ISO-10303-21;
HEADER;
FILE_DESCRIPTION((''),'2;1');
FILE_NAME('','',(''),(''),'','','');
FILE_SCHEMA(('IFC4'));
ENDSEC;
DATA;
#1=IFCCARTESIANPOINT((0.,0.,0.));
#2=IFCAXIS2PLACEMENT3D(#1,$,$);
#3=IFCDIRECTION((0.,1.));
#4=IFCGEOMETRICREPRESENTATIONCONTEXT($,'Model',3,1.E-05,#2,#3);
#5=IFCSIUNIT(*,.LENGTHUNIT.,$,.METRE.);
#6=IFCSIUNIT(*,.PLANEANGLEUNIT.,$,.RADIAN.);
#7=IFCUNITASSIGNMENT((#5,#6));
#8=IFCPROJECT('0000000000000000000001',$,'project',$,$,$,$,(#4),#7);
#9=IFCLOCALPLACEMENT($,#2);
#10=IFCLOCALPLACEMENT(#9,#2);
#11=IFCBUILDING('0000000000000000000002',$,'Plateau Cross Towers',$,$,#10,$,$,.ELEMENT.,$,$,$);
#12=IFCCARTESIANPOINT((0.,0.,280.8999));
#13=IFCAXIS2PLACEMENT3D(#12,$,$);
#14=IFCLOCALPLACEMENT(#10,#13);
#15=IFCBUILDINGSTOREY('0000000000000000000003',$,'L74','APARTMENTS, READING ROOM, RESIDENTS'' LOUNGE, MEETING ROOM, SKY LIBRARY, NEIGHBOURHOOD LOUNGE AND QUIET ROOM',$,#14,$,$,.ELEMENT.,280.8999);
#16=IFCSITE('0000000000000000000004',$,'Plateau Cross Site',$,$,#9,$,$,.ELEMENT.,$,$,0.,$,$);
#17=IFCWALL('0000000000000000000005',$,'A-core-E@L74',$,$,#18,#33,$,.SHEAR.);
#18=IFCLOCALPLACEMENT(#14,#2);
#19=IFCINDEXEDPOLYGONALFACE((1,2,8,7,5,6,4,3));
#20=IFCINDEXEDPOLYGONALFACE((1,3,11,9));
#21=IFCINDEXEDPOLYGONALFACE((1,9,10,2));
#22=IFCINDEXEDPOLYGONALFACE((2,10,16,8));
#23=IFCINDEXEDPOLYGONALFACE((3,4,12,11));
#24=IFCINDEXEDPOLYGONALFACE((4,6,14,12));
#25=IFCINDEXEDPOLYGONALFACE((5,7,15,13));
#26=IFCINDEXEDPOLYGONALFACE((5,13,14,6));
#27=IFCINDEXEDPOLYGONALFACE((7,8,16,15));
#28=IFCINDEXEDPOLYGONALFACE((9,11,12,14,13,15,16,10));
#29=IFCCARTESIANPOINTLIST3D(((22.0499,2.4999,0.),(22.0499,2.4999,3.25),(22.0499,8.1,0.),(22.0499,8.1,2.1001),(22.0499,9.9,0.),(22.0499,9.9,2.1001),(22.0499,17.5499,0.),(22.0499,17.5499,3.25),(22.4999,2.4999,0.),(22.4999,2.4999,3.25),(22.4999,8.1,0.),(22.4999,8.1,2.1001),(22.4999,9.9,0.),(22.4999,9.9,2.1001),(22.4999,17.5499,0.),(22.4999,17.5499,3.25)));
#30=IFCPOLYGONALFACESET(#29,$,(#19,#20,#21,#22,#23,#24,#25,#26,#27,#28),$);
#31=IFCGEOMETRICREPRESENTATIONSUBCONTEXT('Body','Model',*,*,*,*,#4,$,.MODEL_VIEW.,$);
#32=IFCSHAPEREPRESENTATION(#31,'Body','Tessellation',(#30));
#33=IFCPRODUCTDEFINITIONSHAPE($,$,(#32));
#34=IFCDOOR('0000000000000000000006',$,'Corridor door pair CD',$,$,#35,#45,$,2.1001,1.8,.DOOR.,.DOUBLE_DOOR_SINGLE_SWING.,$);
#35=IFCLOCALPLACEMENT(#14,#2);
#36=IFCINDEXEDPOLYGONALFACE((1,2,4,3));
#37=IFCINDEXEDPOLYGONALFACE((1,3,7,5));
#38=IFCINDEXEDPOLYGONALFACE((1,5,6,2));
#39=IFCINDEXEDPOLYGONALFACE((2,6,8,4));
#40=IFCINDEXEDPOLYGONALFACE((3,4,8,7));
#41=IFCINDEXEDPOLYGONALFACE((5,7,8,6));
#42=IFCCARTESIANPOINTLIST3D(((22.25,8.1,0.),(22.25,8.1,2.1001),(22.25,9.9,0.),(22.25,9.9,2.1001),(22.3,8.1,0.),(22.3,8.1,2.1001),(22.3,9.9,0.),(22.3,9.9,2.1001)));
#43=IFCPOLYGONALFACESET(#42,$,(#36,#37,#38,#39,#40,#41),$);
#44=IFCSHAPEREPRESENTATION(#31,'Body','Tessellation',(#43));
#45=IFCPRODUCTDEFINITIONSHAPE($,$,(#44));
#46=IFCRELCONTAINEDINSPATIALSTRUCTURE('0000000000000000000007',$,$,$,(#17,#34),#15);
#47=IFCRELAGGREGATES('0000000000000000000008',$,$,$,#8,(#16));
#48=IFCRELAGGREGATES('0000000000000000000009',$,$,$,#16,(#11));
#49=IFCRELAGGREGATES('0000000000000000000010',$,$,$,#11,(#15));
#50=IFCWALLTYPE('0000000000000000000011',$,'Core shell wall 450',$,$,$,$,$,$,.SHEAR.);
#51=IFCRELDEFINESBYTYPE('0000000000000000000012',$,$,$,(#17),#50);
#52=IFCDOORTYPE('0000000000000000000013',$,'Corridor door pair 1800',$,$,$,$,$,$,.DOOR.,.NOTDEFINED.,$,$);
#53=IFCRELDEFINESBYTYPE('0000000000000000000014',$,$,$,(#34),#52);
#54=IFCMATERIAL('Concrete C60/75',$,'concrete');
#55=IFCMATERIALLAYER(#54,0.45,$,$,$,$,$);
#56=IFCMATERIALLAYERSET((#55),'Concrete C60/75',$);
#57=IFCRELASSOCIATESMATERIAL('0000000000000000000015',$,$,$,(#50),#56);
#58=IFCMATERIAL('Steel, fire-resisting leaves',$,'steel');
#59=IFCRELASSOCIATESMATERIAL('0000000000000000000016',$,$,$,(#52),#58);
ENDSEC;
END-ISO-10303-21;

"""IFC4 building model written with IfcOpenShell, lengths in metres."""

from ifc_helpers import new_model, si_unit, direction, frame, frame_2d, origin, place, context, subcontext, project, spatial, rectangle, extrude, material, layer, layer_set, type_object, element, fill, save


model = new_model("IFC4")

# Units and contexts
model_context = context("Model", 3, precision=1e-05, world=origin(), true_north=direction((0.0, 1.0)))
body_context = subcontext(model_context, "Body", "Model", "MODEL_VIEW")
ifc_project = project(units=[si_unit("LENGTHUNIT", "METRE"), si_unit("PLANEANGLEUNIT", "RADIAN")], contexts=[model_context])

# Site, building, storey
site_placement = place(None, origin())
site = spatial("IfcSite", under=ifc_project, at=site_placement, Name="Plateau Cross Site", CompositionType="ELEMENT", RefElevation=0.0)
building_placement = place(site_placement, origin())
building = spatial("IfcBuilding", under=site, at=building_placement, Name="Plateau Cross Towers", CompositionType="ELEMENT")
storey_placement = place(building_placement, frame((0.0, 0.0, 280.8999)))
storey = spatial("IfcBuildingStorey", under=building, at=storey_placement, Name="L74", Description="APARTMENTS, READING ROOM, RESIDENTS' LOUNGE, MEETING ROOM, SKY LIBRARY, NEIGHBOURHOOD LOUNGE AND QUIET ROOM", CompositionType="ELEMENT", Elevation=280.8999)

# Shared definitions
ifc_material_1 = material(Name="Concrete C60/75", Category="concrete")

# Wall, opening, door
ifc_layer_1 = layer(ifc_material_1, 0.45)
ifc_layer_set_1 = layer_set([ifc_layer_1], Name="Concrete C60/75")
wall_type_1 = type_object("IfcWallType", Name="Core shell wall 450", PredefinedType="SHEAR", material=ifc_layer_set_1)
wall_1_placement = place(storey_placement, frame((22.2749, 2.5, 0.0), z_axis=(0.0, 0.0, 1.0), x_axis=(0.0, 1.0, 0.0)))
wall_1 = element("IfcWall", 1, at=wall_1_placement, inside=storey, type_object=wall_type_1, Name="A-core-E@L74", PredefinedType="SHEAR", context=body_context, shape_type="SweptSolid", body=[
    extrude(rectangle(XDim=15.05, YDim=0.45, at=frame_2d((7.5249, 0.0))), origin(), (0.0, 0.0, 1.0), 3.25),
])
opening_placement = place(wall_1_placement, frame((5.6001, 0.0, 0.0)))
opening = element("IfcOpeningElement", 2, at=opening_placement, cuts=wall_1, PredefinedType="OPENING", context=body_context, shape_type="SweptSolid", body=[
    extrude(rectangle(XDim=1.8, YDim=2.1001, at=frame_2d((0.8999, 1.05))), frame((0.0, 0.2349, 0.0), z_axis=(0.0, -1.0, 0.0), x_axis=(1.0, 0.0, 0.0)), (0.0, 0.0, 1.0), 0.47),
])
ifc_material_2 = material(Name="Steel, fire-resisting leaves", Category="steel")
door_type = type_object("IfcDoorType", Name="Corridor door pair 1800", OperationType="NOTDEFINED", PredefinedType="DOOR", material=ifc_material_2)
door_placement = place(opening_placement, origin())
door = element("IfcDoor", 3, at=door_placement, inside=storey, type_object=door_type, Name="Corridor door pair CD", OperationType="DOUBLE_DOOR_SINGLE_SWING", OverallHeight=2.1001, OverallWidth=1.8, PredefinedType="DOOR", context=body_context, shape_type="SweptSolid", body=[
    extrude(rectangle(XDim=1.8, YDim=2.1001, at=frame_2d((0.8999, 1.05))), frame((0.0, 0.0249, 0.0), z_axis=(0.0, -1.0, 0.0), x_axis=(1.0, 0.0, 0.0)), (0.0, 0.0, 1.0), 0.05),
])
fill(opening, door)

save(model, "model.ifc")
